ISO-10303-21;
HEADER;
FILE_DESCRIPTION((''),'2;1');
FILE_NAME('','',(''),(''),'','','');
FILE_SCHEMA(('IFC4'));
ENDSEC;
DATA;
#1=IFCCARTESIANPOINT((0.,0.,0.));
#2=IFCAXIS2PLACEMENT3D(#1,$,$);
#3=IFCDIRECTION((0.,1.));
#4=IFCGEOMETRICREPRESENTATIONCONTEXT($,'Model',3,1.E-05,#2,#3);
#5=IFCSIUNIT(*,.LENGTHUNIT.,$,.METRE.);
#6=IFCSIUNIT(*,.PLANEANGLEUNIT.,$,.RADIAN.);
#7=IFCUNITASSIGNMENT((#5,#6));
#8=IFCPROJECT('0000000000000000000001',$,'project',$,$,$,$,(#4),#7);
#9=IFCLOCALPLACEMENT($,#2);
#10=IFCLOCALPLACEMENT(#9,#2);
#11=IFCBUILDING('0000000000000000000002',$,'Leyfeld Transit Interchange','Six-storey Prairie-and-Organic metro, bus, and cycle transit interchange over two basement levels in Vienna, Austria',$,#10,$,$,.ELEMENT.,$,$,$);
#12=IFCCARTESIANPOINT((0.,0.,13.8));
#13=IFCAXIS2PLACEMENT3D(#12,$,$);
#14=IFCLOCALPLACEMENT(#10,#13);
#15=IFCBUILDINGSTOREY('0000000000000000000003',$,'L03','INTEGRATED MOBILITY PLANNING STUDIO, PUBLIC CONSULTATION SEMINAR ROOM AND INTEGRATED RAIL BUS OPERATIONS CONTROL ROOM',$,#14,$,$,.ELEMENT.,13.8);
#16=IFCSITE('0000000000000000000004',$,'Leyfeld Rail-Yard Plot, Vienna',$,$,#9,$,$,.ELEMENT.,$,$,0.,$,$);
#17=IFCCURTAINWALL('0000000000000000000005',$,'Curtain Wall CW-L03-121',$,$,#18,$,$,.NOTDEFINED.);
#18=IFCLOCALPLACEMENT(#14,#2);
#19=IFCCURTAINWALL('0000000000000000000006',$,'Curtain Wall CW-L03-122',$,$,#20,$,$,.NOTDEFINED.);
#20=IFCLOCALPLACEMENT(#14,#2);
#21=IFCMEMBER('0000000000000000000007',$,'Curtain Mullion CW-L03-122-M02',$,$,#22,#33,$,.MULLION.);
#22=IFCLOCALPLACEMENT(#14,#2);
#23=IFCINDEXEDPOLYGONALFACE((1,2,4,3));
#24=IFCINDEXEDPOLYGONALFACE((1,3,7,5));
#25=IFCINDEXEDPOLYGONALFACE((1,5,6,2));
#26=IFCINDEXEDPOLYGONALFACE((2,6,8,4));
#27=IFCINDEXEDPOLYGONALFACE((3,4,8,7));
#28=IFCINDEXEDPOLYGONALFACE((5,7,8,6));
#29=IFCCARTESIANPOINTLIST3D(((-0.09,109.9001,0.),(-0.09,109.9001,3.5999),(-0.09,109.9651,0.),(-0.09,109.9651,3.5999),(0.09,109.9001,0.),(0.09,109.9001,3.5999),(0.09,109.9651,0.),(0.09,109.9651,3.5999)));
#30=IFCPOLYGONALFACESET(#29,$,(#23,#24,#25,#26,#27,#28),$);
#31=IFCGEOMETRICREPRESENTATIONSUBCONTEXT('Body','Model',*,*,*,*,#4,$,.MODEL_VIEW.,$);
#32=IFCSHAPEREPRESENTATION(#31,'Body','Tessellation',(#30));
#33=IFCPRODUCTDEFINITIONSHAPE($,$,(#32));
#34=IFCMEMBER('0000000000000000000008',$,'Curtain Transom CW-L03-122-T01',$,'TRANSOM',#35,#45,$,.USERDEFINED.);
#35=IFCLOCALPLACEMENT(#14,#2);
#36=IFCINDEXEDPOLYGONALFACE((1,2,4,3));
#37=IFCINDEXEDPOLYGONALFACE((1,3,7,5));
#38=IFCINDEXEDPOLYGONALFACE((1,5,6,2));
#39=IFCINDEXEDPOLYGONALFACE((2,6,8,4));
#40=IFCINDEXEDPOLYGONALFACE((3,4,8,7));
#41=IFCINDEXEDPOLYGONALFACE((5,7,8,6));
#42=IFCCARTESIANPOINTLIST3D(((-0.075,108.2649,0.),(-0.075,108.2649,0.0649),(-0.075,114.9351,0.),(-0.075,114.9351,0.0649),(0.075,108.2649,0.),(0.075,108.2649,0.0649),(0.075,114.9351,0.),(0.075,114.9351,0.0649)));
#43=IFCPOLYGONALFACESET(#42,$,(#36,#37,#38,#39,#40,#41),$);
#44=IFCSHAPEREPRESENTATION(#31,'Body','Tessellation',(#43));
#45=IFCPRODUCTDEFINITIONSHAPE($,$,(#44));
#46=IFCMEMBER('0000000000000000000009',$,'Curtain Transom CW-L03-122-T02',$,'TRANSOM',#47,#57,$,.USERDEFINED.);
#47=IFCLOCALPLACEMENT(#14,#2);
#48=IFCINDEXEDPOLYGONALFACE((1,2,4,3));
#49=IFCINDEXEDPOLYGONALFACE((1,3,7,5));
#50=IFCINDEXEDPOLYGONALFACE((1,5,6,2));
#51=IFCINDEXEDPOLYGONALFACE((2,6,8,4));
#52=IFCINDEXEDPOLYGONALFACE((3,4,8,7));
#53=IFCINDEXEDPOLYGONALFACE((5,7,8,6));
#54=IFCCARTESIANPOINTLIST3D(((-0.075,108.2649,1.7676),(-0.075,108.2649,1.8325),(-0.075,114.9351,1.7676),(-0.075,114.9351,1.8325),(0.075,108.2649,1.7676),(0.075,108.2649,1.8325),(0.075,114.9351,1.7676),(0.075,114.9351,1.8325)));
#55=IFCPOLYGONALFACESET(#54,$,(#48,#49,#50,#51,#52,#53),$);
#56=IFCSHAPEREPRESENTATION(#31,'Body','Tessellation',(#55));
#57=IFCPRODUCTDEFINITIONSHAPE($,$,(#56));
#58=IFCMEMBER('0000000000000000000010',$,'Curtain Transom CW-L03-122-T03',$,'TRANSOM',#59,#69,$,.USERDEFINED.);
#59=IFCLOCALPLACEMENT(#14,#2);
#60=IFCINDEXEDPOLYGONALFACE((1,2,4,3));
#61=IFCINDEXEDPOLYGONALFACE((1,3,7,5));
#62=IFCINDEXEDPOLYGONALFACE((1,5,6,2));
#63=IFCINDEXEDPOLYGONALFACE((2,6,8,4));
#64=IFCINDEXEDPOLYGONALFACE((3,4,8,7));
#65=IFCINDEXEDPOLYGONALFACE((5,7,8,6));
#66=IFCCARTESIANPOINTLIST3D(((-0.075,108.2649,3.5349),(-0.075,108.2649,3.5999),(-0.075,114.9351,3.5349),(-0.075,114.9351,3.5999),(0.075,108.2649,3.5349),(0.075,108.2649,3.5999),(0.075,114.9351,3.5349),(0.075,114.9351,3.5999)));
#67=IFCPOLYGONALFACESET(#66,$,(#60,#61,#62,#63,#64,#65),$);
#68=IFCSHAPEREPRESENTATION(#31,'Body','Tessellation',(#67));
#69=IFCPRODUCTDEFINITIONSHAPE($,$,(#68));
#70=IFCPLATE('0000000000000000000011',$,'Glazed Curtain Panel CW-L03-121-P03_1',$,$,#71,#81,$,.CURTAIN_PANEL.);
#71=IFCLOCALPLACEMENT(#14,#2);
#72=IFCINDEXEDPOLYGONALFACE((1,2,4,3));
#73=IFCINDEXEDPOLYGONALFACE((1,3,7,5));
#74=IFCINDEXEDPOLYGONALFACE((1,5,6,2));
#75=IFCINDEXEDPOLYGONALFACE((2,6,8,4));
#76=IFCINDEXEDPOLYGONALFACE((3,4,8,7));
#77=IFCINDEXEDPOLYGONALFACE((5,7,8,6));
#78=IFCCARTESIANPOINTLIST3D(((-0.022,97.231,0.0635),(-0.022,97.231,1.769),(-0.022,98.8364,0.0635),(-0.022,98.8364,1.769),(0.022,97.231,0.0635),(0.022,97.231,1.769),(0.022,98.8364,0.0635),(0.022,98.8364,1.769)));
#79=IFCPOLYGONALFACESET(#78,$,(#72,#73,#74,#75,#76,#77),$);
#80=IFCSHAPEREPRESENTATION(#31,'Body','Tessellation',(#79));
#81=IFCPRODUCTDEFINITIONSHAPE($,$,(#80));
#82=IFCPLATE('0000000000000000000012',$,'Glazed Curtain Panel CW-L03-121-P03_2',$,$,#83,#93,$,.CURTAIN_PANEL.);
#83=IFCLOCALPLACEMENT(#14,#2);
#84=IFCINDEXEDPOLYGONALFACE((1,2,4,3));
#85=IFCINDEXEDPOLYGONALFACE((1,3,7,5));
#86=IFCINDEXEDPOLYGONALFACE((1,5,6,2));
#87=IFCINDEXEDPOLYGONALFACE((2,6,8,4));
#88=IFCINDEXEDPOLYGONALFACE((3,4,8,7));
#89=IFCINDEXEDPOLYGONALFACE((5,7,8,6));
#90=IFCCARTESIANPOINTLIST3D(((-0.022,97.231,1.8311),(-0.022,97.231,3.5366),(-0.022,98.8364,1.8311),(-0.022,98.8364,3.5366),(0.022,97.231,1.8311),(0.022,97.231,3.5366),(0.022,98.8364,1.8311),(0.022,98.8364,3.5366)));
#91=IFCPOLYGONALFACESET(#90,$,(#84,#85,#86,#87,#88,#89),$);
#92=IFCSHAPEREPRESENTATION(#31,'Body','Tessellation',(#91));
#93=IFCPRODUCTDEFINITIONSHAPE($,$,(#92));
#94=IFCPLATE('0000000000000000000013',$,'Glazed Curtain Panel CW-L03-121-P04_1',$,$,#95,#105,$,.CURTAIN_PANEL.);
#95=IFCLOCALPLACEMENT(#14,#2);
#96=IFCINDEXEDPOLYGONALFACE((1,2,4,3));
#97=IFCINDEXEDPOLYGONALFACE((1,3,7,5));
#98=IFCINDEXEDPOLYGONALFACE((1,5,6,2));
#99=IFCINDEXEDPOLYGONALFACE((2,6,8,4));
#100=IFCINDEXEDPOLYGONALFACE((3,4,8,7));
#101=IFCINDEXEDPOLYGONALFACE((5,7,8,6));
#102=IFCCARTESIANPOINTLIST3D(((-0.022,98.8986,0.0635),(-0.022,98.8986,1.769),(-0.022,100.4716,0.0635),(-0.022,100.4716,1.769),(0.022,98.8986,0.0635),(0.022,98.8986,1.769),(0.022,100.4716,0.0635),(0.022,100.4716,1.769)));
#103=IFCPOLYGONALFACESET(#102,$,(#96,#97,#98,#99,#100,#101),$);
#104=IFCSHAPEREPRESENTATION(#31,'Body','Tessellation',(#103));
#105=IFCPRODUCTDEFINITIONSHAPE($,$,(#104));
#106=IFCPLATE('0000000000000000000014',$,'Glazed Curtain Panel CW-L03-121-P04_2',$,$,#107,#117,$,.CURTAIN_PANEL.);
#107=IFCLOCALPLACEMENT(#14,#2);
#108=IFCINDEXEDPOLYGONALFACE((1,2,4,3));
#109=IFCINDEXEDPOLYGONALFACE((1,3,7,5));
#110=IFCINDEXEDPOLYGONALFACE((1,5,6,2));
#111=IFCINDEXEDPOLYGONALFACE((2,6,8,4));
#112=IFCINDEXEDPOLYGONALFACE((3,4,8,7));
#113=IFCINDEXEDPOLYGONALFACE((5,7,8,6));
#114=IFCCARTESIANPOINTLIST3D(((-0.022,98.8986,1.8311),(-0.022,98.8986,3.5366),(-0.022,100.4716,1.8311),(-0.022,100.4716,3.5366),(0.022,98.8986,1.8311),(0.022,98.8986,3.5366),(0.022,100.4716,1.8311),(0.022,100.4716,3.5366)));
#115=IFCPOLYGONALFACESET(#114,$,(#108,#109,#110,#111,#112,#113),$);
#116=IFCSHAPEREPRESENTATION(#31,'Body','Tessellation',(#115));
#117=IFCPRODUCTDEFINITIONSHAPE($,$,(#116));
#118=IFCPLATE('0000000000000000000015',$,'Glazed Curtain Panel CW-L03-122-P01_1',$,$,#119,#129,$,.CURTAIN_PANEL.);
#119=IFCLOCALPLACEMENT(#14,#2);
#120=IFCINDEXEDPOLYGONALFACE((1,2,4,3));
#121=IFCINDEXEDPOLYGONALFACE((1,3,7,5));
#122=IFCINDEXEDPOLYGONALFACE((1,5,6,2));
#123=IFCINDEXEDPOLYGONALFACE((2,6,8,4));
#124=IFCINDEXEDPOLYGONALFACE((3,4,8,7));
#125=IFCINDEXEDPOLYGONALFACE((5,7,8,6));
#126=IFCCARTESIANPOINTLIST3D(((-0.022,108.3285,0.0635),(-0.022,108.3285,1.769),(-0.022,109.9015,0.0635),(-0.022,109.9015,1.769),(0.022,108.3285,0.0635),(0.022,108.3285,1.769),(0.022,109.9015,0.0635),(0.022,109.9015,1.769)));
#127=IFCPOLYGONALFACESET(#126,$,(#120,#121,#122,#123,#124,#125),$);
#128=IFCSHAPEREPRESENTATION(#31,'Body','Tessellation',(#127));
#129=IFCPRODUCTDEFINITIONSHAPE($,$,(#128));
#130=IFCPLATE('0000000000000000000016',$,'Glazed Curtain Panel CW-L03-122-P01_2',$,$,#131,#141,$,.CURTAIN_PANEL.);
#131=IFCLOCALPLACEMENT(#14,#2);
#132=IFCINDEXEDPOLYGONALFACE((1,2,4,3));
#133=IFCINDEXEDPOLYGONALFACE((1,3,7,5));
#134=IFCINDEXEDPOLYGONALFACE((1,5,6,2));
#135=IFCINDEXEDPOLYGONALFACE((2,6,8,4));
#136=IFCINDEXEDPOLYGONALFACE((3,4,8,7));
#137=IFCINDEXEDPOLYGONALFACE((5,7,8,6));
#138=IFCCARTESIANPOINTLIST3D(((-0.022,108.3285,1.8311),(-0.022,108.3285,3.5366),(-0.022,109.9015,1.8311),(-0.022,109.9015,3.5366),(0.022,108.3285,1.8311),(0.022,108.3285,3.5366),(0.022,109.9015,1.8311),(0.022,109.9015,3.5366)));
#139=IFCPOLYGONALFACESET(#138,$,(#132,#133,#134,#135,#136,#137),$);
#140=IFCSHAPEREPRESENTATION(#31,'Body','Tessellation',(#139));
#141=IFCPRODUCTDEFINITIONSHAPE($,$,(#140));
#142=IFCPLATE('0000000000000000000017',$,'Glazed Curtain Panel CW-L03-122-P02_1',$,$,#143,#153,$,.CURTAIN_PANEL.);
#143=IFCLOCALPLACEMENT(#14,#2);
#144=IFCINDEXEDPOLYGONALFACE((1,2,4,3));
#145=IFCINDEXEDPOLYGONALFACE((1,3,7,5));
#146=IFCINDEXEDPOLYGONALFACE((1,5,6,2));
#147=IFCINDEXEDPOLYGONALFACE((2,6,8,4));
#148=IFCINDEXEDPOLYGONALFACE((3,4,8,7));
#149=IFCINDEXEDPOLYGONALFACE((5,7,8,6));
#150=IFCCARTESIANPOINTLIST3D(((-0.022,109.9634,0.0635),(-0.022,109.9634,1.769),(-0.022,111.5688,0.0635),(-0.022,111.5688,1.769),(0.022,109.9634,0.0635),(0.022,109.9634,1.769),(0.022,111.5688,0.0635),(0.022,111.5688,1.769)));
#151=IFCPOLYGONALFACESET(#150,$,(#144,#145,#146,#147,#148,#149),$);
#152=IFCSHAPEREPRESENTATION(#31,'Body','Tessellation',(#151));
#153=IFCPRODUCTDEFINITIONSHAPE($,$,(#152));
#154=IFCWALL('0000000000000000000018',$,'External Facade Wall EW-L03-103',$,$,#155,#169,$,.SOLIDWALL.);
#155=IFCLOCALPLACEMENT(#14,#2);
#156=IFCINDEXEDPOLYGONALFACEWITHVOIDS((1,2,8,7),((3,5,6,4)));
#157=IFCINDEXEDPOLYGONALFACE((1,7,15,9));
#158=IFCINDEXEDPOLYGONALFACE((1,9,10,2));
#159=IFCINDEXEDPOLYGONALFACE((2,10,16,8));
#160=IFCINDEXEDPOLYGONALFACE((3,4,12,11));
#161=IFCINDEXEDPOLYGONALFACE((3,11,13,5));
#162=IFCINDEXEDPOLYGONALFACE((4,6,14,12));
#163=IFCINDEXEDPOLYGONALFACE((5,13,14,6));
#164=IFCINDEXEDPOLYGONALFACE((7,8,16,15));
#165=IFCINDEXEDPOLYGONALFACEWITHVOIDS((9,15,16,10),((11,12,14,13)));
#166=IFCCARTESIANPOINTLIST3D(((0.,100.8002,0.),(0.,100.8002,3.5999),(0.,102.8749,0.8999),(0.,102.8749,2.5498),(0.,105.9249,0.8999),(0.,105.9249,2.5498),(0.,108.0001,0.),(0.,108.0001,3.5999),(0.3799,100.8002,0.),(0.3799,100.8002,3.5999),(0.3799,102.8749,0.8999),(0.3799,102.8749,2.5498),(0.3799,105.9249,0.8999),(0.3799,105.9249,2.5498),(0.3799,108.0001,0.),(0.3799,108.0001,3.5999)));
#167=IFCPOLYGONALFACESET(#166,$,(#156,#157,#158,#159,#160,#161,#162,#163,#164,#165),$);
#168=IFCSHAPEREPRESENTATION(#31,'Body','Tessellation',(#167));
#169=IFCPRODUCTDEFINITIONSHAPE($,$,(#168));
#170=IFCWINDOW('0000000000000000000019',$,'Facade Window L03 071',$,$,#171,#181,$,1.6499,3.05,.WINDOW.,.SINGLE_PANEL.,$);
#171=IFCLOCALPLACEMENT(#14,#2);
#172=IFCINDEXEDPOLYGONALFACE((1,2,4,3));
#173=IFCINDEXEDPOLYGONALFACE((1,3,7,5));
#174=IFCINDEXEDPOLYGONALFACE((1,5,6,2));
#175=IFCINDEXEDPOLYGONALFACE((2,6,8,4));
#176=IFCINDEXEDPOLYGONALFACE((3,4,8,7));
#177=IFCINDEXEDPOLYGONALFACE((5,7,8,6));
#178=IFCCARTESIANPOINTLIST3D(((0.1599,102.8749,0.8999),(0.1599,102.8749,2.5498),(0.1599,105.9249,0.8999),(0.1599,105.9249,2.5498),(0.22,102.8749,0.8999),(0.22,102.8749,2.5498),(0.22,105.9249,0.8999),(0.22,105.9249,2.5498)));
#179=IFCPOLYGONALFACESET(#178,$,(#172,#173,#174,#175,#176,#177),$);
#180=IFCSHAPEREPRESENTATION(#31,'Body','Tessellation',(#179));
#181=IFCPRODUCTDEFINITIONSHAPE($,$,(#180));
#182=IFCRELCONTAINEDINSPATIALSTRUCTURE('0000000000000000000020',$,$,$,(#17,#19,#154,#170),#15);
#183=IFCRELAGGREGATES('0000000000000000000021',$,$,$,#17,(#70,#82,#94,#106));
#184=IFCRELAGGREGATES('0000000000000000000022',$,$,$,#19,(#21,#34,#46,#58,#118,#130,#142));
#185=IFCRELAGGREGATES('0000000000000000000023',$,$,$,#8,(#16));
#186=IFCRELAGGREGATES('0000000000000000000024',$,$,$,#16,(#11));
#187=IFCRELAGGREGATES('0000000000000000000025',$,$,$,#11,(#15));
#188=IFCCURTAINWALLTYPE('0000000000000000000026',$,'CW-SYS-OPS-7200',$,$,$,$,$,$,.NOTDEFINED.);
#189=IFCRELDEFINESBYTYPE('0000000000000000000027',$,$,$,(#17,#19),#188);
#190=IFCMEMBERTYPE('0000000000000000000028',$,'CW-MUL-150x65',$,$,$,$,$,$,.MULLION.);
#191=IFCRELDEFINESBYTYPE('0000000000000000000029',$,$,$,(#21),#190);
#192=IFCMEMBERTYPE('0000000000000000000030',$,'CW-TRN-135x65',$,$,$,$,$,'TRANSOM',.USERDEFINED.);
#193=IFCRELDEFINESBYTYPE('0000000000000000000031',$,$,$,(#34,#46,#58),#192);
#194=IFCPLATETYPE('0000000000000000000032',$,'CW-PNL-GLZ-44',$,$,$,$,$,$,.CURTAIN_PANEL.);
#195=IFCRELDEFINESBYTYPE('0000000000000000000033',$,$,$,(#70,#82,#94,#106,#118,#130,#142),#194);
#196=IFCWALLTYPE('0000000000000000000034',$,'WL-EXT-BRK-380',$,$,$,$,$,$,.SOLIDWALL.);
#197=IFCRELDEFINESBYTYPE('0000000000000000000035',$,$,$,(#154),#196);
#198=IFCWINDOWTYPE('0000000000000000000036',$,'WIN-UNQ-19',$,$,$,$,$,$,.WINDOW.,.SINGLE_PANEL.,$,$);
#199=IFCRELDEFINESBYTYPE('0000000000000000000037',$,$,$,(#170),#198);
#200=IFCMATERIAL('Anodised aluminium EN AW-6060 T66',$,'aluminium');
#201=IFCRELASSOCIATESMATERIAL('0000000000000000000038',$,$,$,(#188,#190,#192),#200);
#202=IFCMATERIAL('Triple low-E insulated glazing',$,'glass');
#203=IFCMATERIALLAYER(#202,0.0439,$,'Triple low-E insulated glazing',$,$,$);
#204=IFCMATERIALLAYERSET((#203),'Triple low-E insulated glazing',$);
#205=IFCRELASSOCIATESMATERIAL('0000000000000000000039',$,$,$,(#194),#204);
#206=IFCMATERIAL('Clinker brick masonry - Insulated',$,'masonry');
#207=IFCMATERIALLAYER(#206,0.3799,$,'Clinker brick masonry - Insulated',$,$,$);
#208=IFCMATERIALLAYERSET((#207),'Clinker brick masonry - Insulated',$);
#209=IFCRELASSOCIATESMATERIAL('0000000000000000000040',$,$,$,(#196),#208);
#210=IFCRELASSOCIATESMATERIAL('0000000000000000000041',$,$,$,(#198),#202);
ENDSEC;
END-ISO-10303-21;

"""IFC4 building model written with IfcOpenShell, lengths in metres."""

from ifc_helpers import new_model, si_unit, direction, frame, frame_2d, origin, origin_2d, place, context, subcontext, project, spatial, rectangle, extrude, material, layer, layer_set, material_profile, profile_set, type_object, element, fill, aggregate, save


model = new_model("IFC4")

# Units and contexts
model_context = context("Model", 3, precision=1e-05, world=origin(), true_north=direction((0.0, 1.0)))
body_context = subcontext(model_context, "Body", "Model", "MODEL_VIEW")
ifc_project = project(units=[si_unit("LENGTHUNIT", "METRE"), si_unit("PLANEANGLEUNIT", "RADIAN")], contexts=[model_context])

# Site, building, storey
site_placement = place(None, origin())
site = spatial("IfcSite", under=ifc_project, at=site_placement, Name="Leyfeld Rail-Yard Plot, Vienna", CompositionType="ELEMENT", RefElevation=0.0)
building_placement = place(site_placement, origin())
building = spatial("IfcBuilding", under=site, at=building_placement, Name="Leyfeld Transit Interchange", Description="Six-storey Prairie-and-Organic metro, bus, and cycle transit interchange over two basement levels in Vienna, Austria", CompositionType="ELEMENT")
storey_placement = place(building_placement, frame((0.0, 0.0, 13.8)))
storey = spatial("IfcBuildingStorey", under=building, at=storey_placement, Name="L03", Description="INTEGRATED MOBILITY PLANNING STUDIO, PUBLIC CONSULTATION SEMINAR ROOM AND INTEGRATED RAIL BUS OPERATIONS CONTROL ROOM", CompositionType="ELEMENT", Elevation=13.8)

# Curtain walls, members
ifc_material_1 = material(Name="Anodised aluminium EN AW-6060 T66", Category="aluminium")
curtain_wall_type = type_object("IfcCurtainWallType", Name="CW-SYS-OPS-7200", PredefinedType="NOTDEFINED", material=ifc_material_1)
curtain_wall_1_placement = place(storey_placement, origin())
curtain_wall_1 = element("IfcCurtainWall", 1, at=curtain_wall_1_placement, inside=storey, type_object=curtain_wall_type, Name="Curtain Wall CW-L03-121", PredefinedType="NOTDEFINED")
ifc_material_profile_1 = material_profile(ifc_material_1, rectangle(XDim=0.0649, YDim=0.1799, at=origin_2d()), Name="CW-M 65x180")
ifc_profile_set_1 = profile_set([ifc_material_profile_1], Name="Anodised aluminium EN AW-6060 T66")
member_type_1 = type_object("IfcMemberType", Name="CW-MUL-150x65", PredefinedType="MULLION", material=ifc_profile_set_1)
curtain_wall_2_placement = place(storey_placement, origin())
curtain_wall_2 = element("IfcCurtainWall", 2, at=curtain_wall_2_placement, inside=storey, type_object=curtain_wall_type, Name="Curtain Wall CW-L03-122", PredefinedType="NOTDEFINED")
member_1_placement = place(storey_placement, frame((0.0, 109.9326, 0.0), z_axis=(0.0, 0.0, 1.0), x_axis=(0.0, 1.0, 0.0)))
member_1 = element("IfcMember", 3, at=member_1_placement, type_object=member_type_1, Name="Curtain Mullion CW-L03-122-M02", PredefinedType="MULLION", context=body_context, shape_type="SweptSolid", body=[
    extrude(rectangle(XDim=0.0649, YDim=0.1799, at=origin_2d()), origin(), (0.0, 0.0, 1.0), 3.5999),
])
ifc_material_profile_2 = material_profile(ifc_material_1, rectangle(XDim=0.1499, YDim=0.0649, at=origin_2d()), Name="CW-TRN-135x65")
ifc_profile_set_2 = profile_set([ifc_material_profile_2], Name="Anodised aluminium EN AW-6060 T66")
member_type_2 = type_object("IfcMemberType", Name="CW-TRN-135x65", ElementType="TRANSOM", PredefinedType="USERDEFINED", material=ifc_profile_set_2)
member_2_placement = place(storey_placement, frame((0.0, 108.2649, 0.0325), z_axis=(0.0, 1.0, 0.0), x_axis=(-1.0, 0.0, 0.0)))
member_2 = element("IfcMember", 4, at=member_2_placement, type_object=member_type_2, Name="Curtain Transom CW-L03-122-T01", ObjectType="TRANSOM", PredefinedType="USERDEFINED", context=body_context, shape_type="SweptSolid", body=[
    extrude(rectangle(XDim=0.1499, YDim=0.0649, at=origin_2d()), origin(), (0.0, 0.0, 1.0), 6.6702),
])
member_3_placement = place(storey_placement, frame((0.0, 108.2649, 1.8), z_axis=(0.0, 1.0, 0.0), x_axis=(-1.0, 0.0, 0.0)))
member_3 = element("IfcMember", 5, at=member_3_placement, type_object=member_type_2, Name="Curtain Transom CW-L03-122-T02", ObjectType="TRANSOM", PredefinedType="USERDEFINED", context=body_context, shape_type="SweptSolid", body=[
    extrude(rectangle(XDim=0.1499, YDim=0.0649, at=origin_2d()), origin(), (0.0, 0.0, 1.0), 6.6702),
])
member_4_placement = place(storey_placement, frame((0.0, 108.2649, 3.5674), z_axis=(0.0, 1.0, 0.0), x_axis=(-1.0, 0.0, 0.0)))
member_4 = element("IfcMember", 6, at=member_4_placement, type_object=member_type_2, Name="Curtain Transom CW-L03-122-T03", ObjectType="TRANSOM", PredefinedType="USERDEFINED", context=body_context, shape_type="SweptSolid", body=[
    extrude(rectangle(XDim=0.1499, YDim=0.0649, at=origin_2d()), origin(), (0.0, 0.0, 1.0), 6.6702),
])

# Plates
ifc_material_2 = material(Name="Triple low-E insulated glazing", Category="glass")
ifc_layer_1 = layer(ifc_material_2, 0.0439, Name="Triple low-E insulated glazing")
ifc_layer_set_1 = layer_set([ifc_layer_1], Name="Triple low-E insulated glazing")
plate_type = type_object("IfcPlateType", Name="CW-PNL-GLZ-44", PredefinedType="CURTAIN_PANEL", material=ifc_layer_set_1)
plate_1_placement = place(storey_placement, frame((0.0, 98.0337, 0.0635), z_axis=(0.0, 0.0, 1.0), x_axis=(0.0, 1.0, 0.0)))
plate_1 = element("IfcPlate", 7, at=plate_1_placement, type_object=plate_type, Name="Glazed Curtain Panel CW-L03-121-P03_1", PredefinedType="CURTAIN_PANEL", context=body_context, shape_type="SweptSolid", body=[
    extrude(rectangle(XDim=1.6055, YDim=0.0439, at=origin_2d()), origin(), (0.0, 0.0, 1.0), 1.7056),
])
plate_2_placement = place(storey_placement, frame((0.0, 98.0337, 1.8311), z_axis=(0.0, 0.0, 1.0), x_axis=(0.0, 1.0, 0.0)))
plate_2 = element("IfcPlate", 8, at=plate_2_placement, type_object=plate_type, Name="Glazed Curtain Panel CW-L03-121-P03_2", PredefinedType="CURTAIN_PANEL", context=body_context, shape_type="SweptSolid", body=[
    extrude(rectangle(XDim=1.6055, YDim=0.0439, at=origin_2d()), origin(), (0.0, 0.0, 1.0), 1.7056),
])
plate_3_placement = place(storey_placement, frame((0.0, 99.6851, 0.0635), z_axis=(0.0, 0.0, 1.0), x_axis=(0.0, 1.0, 0.0)))
plate_3 = element("IfcPlate", 9, at=plate_3_placement, type_object=plate_type, Name="Glazed Curtain Panel CW-L03-121-P04_1", PredefinedType="CURTAIN_PANEL", context=body_context, shape_type="SweptSolid", body=[
    extrude(rectangle(XDim=1.573, YDim=0.0439, at=origin_2d()), origin(), (0.0, 0.0, 1.0), 1.7056),
])
plate_4_placement = place(storey_placement, frame((0.0, 99.6851, 1.8311), z_axis=(0.0, 0.0, 1.0), x_axis=(0.0, 1.0, 0.0)))
plate_4 = element("IfcPlate", 10, at=plate_4_placement, type_object=plate_type, Name="Glazed Curtain Panel CW-L03-121-P04_2", PredefinedType="CURTAIN_PANEL", context=body_context, shape_type="SweptSolid", body=[
    extrude(rectangle(XDim=1.573, YDim=0.0439, at=origin_2d()), origin(), (0.0, 0.0, 1.0), 1.7056),
])
aggregate(curtain_wall_1, [plate_1, plate_2, plate_3, plate_4])
plate_5_placement = place(storey_placement, frame((0.0, 109.115, 0.0635), z_axis=(0.0, 0.0, 1.0), x_axis=(0.0, 1.0, 0.0)))
plate_5 = element("IfcPlate", 11, at=plate_5_placement, type_object=plate_type, Name="Glazed Curtain Panel CW-L03-122-P01_1", PredefinedType="CURTAIN_PANEL", context=body_context, shape_type="SweptSolid", body=[
    extrude(rectangle(XDim=1.573, YDim=0.0439, at=origin_2d()), origin(), (0.0, 0.0, 1.0), 1.7056),
])
plate_6_placement = place(storey_placement, frame((0.0, 109.115, 1.8311), z_axis=(0.0, 0.0, 1.0), x_axis=(0.0, 1.0, 0.0)))
plate_6 = element("IfcPlate", 12, at=plate_6_placement, type_object=plate_type, Name="Glazed Curtain Panel CW-L03-122-P01_2", PredefinedType="CURTAIN_PANEL", context=body_context, shape_type="SweptSolid", body=[
    extrude(rectangle(XDim=1.573, YDim=0.0439, at=origin_2d()), origin(), (0.0, 0.0, 1.0), 1.7056),
])
plate_7_placement = place(storey_placement, frame((0.0, 110.7661, 0.0635), z_axis=(0.0, 0.0, 1.0), x_axis=(0.0, 1.0, 0.0)))
plate_7 = element("IfcPlate", 13, at=plate_7_placement, type_object=plate_type, Name="Glazed Curtain Panel CW-L03-122-P02_1", PredefinedType="CURTAIN_PANEL", context=body_context, shape_type="SweptSolid", body=[
    extrude(rectangle(XDim=1.6055, YDim=0.0439, at=origin_2d()), origin(), (0.0, 0.0, 1.0), 1.7056),
])
aggregate(curtain_wall_2, [member_1, member_2, member_3, member_4, plate_5, plate_6, plate_7])

# Wall, opening, window
ifc_material_3 = material(Name="Clinker brick masonry - Insulated", Category="masonry")
ifc_layer_2 = layer(ifc_material_3, 0.3799, Name="Clinker brick masonry - Insulated")
ifc_layer_set_2 = layer_set([ifc_layer_2], Name="Clinker brick masonry - Insulated")
wall_type = type_object("IfcWallType", Name="WL-EXT-BRK-380", PredefinedType="SOLIDWALL", material=ifc_layer_set_2)
wall_placement = place(storey_placement, frame((0.1899, 100.8, 0.0), z_axis=(0.0, 0.0, 1.0), x_axis=(0.0, 1.0, 0.0)))
wall = element("IfcWall", 14, at=wall_placement, inside=storey, type_object=wall_type, Name="External Facade Wall EW-L03-103", PredefinedType="SOLIDWALL", context=body_context, shape_type="SweptSolid", body=[
    extrude(rectangle(XDim=7.2, YDim=0.3799, at=frame_2d((3.6001, 0.0))), origin(), (0.0, 0.0, 1.0), 3.5999),
])
opening_placement = place(wall_placement, frame((2.075, 0.0, 0.8999)))
opening = element("IfcOpeningElement", 15, at=opening_placement, cuts=wall, PredefinedType="OPENING", context=body_context, shape_type="SweptSolid", body=[
    extrude(rectangle(XDim=3.05, YDim=1.6499, at=frame_2d((1.5249, 0.825))), frame((0.0, 0.2, 0.0), z_axis=(0.0, -1.0, 0.0), x_axis=(1.0, 0.0, 0.0)), (0.0, 0.0, 1.0), 0.3999),
])
window_type = type_object("IfcWindowType", Name="WIN-UNQ-19", PartitioningType="SINGLE_PANEL", PredefinedType="WINDOW", material=ifc_material_2)
window_placement = place(opening_placement, origin())
window = element("IfcWindow", 16, at=window_placement, inside=storey, type_object=window_type, Name="Facade Window L03 071", OverallHeight=1.6499, OverallWidth=3.05, PartitioningType="SINGLE_PANEL", PredefinedType="WINDOW", context=body_context, shape_type="SweptSolid", body=[
    extrude(rectangle(XDim=3.05, YDim=1.6499, at=frame_2d((1.5249, 0.825))), frame((0.0, 0.03, 0.0), z_axis=(0.0, -1.0, 0.0), x_axis=(1.0, 0.0, 0.0)), (0.0, 0.0, 1.0), 0.0601),
])
fill(opening, window)

save(model, "model.ifc")
